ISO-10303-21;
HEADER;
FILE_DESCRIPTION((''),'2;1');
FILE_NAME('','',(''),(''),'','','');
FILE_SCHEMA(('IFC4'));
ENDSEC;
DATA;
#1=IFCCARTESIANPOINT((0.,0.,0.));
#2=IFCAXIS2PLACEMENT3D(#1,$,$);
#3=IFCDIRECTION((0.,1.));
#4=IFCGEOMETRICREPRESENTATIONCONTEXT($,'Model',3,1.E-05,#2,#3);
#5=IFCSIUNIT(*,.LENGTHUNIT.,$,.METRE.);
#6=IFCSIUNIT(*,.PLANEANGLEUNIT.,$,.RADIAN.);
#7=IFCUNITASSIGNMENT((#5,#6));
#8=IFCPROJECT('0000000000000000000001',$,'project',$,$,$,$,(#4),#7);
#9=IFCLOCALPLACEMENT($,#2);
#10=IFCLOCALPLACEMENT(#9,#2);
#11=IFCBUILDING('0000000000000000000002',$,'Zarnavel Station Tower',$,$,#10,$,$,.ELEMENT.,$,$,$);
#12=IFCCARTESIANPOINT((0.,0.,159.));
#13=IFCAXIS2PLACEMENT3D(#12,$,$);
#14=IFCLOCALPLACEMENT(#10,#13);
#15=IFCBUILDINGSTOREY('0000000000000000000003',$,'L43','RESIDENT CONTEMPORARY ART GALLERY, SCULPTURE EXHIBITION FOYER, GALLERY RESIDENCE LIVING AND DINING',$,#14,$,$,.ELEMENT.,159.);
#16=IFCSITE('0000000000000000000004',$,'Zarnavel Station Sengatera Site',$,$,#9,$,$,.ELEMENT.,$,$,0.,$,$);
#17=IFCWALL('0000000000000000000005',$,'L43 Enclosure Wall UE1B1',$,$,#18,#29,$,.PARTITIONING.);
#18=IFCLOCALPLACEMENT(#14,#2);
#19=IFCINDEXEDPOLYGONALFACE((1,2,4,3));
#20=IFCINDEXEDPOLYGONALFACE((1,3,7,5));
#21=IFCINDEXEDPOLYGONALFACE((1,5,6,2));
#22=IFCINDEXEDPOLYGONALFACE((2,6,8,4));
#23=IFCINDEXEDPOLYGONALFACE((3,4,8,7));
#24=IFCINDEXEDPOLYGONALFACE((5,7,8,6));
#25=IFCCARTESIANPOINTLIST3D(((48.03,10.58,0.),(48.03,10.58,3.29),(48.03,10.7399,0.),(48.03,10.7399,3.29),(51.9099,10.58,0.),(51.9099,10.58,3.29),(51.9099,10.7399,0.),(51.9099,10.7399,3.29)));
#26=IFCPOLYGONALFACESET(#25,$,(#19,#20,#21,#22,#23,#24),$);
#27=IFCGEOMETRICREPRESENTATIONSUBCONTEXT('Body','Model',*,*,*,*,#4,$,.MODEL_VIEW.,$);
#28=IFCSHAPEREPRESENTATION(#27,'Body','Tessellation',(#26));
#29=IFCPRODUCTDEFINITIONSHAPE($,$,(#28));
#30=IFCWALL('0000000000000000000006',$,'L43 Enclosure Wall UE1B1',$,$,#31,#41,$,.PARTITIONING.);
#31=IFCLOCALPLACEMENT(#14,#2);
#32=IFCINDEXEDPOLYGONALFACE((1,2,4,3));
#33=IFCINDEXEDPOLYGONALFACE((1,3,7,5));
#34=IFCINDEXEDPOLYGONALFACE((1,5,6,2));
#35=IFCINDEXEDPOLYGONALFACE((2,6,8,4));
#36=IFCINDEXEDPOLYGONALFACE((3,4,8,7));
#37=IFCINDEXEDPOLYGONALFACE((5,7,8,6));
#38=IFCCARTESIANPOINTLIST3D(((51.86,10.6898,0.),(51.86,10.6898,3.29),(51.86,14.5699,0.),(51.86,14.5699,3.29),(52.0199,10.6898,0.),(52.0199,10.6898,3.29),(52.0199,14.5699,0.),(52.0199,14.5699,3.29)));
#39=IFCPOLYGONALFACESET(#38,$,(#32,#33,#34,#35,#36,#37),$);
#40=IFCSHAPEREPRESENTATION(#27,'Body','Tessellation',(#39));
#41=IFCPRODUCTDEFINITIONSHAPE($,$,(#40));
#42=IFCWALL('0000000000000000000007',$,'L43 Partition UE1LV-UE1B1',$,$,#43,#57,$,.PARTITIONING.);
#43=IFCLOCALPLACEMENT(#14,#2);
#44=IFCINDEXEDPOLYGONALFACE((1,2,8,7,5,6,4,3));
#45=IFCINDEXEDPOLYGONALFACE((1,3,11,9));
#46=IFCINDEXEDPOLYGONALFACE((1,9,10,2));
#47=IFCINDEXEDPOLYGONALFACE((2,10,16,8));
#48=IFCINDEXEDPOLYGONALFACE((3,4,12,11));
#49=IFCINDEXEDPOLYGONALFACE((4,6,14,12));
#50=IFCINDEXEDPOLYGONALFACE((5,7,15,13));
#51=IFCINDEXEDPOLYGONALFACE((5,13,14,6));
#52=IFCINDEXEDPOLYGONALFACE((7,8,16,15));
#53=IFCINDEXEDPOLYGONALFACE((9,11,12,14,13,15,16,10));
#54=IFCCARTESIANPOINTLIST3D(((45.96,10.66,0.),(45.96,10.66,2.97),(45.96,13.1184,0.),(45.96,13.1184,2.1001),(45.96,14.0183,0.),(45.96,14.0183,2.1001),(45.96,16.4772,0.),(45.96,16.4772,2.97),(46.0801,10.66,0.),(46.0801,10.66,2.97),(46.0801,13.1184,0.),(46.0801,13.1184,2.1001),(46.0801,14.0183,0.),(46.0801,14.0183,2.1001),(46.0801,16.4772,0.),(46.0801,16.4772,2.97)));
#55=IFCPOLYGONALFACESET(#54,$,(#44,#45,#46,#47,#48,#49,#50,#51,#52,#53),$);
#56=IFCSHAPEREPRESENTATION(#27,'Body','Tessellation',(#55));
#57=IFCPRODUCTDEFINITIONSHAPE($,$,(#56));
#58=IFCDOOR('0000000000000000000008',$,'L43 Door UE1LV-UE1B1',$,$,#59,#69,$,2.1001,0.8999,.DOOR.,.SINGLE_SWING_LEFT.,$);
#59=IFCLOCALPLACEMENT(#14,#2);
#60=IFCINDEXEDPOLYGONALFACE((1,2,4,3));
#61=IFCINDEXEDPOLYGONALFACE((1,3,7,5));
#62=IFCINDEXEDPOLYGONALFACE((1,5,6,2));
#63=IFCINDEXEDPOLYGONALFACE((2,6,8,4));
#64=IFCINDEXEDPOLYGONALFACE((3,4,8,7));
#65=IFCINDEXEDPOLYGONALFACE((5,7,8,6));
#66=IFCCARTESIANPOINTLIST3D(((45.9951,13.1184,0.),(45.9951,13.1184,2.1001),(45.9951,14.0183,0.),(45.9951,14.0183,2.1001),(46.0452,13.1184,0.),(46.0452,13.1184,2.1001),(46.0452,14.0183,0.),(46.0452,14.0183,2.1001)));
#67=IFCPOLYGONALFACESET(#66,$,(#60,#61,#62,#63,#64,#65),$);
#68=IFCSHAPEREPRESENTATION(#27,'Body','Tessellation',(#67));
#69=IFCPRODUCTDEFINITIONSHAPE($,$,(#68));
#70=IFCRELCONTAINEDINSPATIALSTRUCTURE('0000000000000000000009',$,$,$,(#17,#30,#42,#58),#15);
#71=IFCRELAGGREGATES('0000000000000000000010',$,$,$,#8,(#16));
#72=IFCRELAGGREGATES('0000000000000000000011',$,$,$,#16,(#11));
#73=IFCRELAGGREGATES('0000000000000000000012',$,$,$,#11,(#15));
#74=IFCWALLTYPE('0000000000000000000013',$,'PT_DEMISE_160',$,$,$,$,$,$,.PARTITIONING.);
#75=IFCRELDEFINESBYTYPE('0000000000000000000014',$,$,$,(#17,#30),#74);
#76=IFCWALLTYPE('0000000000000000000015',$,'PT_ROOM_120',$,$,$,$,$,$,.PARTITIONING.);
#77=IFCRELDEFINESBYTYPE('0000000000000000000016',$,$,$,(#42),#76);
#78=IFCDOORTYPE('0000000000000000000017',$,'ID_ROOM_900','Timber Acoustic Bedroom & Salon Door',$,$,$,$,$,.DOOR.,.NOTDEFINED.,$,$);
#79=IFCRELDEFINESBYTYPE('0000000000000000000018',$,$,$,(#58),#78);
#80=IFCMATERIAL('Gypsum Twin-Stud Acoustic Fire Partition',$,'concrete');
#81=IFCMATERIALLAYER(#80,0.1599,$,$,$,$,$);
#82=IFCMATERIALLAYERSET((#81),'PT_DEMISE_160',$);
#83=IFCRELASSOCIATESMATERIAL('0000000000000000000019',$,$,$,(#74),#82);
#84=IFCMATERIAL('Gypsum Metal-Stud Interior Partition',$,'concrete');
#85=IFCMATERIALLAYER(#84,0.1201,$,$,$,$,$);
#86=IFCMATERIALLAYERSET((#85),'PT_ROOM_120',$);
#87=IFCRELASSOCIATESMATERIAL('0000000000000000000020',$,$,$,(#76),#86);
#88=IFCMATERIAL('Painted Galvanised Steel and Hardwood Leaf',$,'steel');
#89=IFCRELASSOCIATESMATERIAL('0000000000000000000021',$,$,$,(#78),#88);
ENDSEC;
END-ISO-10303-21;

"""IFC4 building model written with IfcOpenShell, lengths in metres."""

from ifc_helpers import new_model, si_unit, direction, frame, frame_2d, origin, place, context, subcontext, project, spatial, rectangle, extrude, material, layer, layer_set, type_object, element, fill, save


model = new_model("IFC4")

# Units and contexts
model_context = context("Model", 3, precision=1e-05, world=origin(), true_north=direction((0.0, 1.0)))
body_context = subcontext(model_context, "Body", "Model", "MODEL_VIEW")
ifc_project = project(units=[si_unit("LENGTHUNIT", "METRE"), si_unit("PLANEANGLEUNIT", "RADIAN")], contexts=[model_context])

# Site, building, storey
site_placement = place(None, origin())
site = spatial("IfcSite", under=ifc_project, at=site_placement, Name="Zarnavel Station Sengatera Site", CompositionType="ELEMENT", RefElevation=0.0)
building_placement = place(site_placement, origin())
building = spatial("IfcBuilding", under=site, at=building_placement, Name="Zarnavel Station Tower", CompositionType="ELEMENT")
storey_placement = place(building_placement, frame((0.0, 0.0, 159.0)))
storey = spatial("IfcBuildingStorey", under=building, at=storey_placement, Name="L43", Description="RESIDENT CONTEMPORARY ART GALLERY, SCULPTURE EXHIBITION FOYER, GALLERY RESIDENCE LIVING AND DINING", CompositionType="ELEMENT", Elevation=159.0)

# Walls
ifc_material_1 = material(Name="Gypsum Twin-Stud Acoustic Fire Partition", Category="concrete")
ifc_layer_1 = layer(ifc_material_1, 0.1599)
ifc_layer_set_1 = layer_set([ifc_layer_1], Name="PT_DEMISE_160")
wall_type_1 = type_object("IfcWallType", Name="PT_DEMISE_160", PredefinedType="PARTITIONING", material=ifc_layer_set_1)
wall_1_placement = place(storey_placement, frame((48.03, 10.6599, 0.0), z_axis=(0.0, 0.0, 1.0), x_axis=(1.0, 0.0, 0.0)))
element("IfcWall", 1, at=wall_1_placement, inside=storey, type_object=wall_type_1, Name="L43 Enclosure Wall UE1B1", PredefinedType="PARTITIONING", context=body_context, shape_type="SweptSolid", body=[
    extrude(rectangle(XDim=3.8799, YDim=0.1599, at=frame_2d((1.9399, 0.0))), origin(), (0.0, 0.0, 1.0), 3.29),
])
wall_2_placement = place(storey_placement, frame((51.9399, 10.6899, 0.0), z_axis=(0.0, 0.0, 1.0), x_axis=(0.0, 1.0, 0.0)))
element("IfcWall", 2, at=wall_2_placement, inside=storey, type_object=wall_type_1, Name="L43 Enclosure Wall UE1B1", PredefinedType="PARTITIONING", context=body_context, shape_type="SweptSolid", body=[
    extrude(rectangle(XDim=3.8801, YDim=0.1599, at=frame_2d((1.9399, 0.0))), origin(), (0.0, 0.0, 1.0), 3.29),
])

# Wall, opening, door
ifc_material_2 = material(Name="Gypsum Metal-Stud Interior Partition", Category="concrete")
ifc_layer_2 = layer(ifc_material_2, 0.1201)
ifc_layer_set_2 = layer_set([ifc_layer_2], Name="PT_ROOM_120")
wall_type_2 = type_object("IfcWallType", Name="PT_ROOM_120", PredefinedType="PARTITIONING", material=ifc_layer_set_2)
wall_3_placement = place(storey_placement, frame((46.02, 10.6599, 0.0), z_axis=(0.0, 0.0, 1.0), x_axis=(0.0, 1.0, 0.0)))
wall_3 = element("IfcWall", 3, at=wall_3_placement, inside=storey, type_object=wall_type_2, Name="L43 Partition UE1LV-UE1B1", PredefinedType="PARTITIONING", context=body_context, shape_type="SweptSolid", body=[
    extrude(rectangle(XDim=5.8171, YDim=0.1201, at=frame_2d((2.9087, 0.0))), origin(), (0.0, 0.0, 1.0), 2.97),
])
opening_1_placement = place(wall_3_placement, frame((2.4585, 0.0, 0.0)))
opening_1 = element("IfcOpeningElement", 4, at=opening_1_placement, cuts=wall_3, PredefinedType="OPENING", context=body_context, shape_type="SweptSolid", body=[
    extrude(rectangle(XDim=0.8999, YDim=2.1001, at=frame_2d((0.45, 1.05))), frame((0.0, 0.0701, 0.0), z_axis=(0.0, -1.0, 0.0), x_axis=(1.0, 0.0, 0.0)), (0.0, 0.0, 1.0), 0.1401),
])
ifc_material_3 = material(Name="Painted Galvanised Steel and Hardwood Leaf", Category="steel")
door_type = type_object("IfcDoorType", Name="ID_ROOM_900", Description="Timber Acoustic Bedroom & Salon Door", OperationType="NOTDEFINED", PredefinedType="DOOR", material=ifc_material_3)
door_placement = place(opening_1_placement, origin())
door = element("IfcDoor", 5, at=door_placement, inside=storey, type_object=door_type, Name="L43 Door UE1LV-UE1B1", OperationType="SINGLE_SWING_LEFT", OverallHeight=2.1001, OverallWidth=0.8999, PredefinedType="DOOR", context=body_context, shape_type="SweptSolid", body=[
    extrude(rectangle(XDim=0.8999, YDim=2.1001, at=frame_2d((0.45, 1.05))), frame((0.0, 0.0249, 0.0), z_axis=(0.0, -1.0, 0.0), x_axis=(1.0, 0.0, 0.0)), (0.0, 0.0, 1.0), 0.05),
])
fill(opening_1, door)

save(model, "model.ifc")
